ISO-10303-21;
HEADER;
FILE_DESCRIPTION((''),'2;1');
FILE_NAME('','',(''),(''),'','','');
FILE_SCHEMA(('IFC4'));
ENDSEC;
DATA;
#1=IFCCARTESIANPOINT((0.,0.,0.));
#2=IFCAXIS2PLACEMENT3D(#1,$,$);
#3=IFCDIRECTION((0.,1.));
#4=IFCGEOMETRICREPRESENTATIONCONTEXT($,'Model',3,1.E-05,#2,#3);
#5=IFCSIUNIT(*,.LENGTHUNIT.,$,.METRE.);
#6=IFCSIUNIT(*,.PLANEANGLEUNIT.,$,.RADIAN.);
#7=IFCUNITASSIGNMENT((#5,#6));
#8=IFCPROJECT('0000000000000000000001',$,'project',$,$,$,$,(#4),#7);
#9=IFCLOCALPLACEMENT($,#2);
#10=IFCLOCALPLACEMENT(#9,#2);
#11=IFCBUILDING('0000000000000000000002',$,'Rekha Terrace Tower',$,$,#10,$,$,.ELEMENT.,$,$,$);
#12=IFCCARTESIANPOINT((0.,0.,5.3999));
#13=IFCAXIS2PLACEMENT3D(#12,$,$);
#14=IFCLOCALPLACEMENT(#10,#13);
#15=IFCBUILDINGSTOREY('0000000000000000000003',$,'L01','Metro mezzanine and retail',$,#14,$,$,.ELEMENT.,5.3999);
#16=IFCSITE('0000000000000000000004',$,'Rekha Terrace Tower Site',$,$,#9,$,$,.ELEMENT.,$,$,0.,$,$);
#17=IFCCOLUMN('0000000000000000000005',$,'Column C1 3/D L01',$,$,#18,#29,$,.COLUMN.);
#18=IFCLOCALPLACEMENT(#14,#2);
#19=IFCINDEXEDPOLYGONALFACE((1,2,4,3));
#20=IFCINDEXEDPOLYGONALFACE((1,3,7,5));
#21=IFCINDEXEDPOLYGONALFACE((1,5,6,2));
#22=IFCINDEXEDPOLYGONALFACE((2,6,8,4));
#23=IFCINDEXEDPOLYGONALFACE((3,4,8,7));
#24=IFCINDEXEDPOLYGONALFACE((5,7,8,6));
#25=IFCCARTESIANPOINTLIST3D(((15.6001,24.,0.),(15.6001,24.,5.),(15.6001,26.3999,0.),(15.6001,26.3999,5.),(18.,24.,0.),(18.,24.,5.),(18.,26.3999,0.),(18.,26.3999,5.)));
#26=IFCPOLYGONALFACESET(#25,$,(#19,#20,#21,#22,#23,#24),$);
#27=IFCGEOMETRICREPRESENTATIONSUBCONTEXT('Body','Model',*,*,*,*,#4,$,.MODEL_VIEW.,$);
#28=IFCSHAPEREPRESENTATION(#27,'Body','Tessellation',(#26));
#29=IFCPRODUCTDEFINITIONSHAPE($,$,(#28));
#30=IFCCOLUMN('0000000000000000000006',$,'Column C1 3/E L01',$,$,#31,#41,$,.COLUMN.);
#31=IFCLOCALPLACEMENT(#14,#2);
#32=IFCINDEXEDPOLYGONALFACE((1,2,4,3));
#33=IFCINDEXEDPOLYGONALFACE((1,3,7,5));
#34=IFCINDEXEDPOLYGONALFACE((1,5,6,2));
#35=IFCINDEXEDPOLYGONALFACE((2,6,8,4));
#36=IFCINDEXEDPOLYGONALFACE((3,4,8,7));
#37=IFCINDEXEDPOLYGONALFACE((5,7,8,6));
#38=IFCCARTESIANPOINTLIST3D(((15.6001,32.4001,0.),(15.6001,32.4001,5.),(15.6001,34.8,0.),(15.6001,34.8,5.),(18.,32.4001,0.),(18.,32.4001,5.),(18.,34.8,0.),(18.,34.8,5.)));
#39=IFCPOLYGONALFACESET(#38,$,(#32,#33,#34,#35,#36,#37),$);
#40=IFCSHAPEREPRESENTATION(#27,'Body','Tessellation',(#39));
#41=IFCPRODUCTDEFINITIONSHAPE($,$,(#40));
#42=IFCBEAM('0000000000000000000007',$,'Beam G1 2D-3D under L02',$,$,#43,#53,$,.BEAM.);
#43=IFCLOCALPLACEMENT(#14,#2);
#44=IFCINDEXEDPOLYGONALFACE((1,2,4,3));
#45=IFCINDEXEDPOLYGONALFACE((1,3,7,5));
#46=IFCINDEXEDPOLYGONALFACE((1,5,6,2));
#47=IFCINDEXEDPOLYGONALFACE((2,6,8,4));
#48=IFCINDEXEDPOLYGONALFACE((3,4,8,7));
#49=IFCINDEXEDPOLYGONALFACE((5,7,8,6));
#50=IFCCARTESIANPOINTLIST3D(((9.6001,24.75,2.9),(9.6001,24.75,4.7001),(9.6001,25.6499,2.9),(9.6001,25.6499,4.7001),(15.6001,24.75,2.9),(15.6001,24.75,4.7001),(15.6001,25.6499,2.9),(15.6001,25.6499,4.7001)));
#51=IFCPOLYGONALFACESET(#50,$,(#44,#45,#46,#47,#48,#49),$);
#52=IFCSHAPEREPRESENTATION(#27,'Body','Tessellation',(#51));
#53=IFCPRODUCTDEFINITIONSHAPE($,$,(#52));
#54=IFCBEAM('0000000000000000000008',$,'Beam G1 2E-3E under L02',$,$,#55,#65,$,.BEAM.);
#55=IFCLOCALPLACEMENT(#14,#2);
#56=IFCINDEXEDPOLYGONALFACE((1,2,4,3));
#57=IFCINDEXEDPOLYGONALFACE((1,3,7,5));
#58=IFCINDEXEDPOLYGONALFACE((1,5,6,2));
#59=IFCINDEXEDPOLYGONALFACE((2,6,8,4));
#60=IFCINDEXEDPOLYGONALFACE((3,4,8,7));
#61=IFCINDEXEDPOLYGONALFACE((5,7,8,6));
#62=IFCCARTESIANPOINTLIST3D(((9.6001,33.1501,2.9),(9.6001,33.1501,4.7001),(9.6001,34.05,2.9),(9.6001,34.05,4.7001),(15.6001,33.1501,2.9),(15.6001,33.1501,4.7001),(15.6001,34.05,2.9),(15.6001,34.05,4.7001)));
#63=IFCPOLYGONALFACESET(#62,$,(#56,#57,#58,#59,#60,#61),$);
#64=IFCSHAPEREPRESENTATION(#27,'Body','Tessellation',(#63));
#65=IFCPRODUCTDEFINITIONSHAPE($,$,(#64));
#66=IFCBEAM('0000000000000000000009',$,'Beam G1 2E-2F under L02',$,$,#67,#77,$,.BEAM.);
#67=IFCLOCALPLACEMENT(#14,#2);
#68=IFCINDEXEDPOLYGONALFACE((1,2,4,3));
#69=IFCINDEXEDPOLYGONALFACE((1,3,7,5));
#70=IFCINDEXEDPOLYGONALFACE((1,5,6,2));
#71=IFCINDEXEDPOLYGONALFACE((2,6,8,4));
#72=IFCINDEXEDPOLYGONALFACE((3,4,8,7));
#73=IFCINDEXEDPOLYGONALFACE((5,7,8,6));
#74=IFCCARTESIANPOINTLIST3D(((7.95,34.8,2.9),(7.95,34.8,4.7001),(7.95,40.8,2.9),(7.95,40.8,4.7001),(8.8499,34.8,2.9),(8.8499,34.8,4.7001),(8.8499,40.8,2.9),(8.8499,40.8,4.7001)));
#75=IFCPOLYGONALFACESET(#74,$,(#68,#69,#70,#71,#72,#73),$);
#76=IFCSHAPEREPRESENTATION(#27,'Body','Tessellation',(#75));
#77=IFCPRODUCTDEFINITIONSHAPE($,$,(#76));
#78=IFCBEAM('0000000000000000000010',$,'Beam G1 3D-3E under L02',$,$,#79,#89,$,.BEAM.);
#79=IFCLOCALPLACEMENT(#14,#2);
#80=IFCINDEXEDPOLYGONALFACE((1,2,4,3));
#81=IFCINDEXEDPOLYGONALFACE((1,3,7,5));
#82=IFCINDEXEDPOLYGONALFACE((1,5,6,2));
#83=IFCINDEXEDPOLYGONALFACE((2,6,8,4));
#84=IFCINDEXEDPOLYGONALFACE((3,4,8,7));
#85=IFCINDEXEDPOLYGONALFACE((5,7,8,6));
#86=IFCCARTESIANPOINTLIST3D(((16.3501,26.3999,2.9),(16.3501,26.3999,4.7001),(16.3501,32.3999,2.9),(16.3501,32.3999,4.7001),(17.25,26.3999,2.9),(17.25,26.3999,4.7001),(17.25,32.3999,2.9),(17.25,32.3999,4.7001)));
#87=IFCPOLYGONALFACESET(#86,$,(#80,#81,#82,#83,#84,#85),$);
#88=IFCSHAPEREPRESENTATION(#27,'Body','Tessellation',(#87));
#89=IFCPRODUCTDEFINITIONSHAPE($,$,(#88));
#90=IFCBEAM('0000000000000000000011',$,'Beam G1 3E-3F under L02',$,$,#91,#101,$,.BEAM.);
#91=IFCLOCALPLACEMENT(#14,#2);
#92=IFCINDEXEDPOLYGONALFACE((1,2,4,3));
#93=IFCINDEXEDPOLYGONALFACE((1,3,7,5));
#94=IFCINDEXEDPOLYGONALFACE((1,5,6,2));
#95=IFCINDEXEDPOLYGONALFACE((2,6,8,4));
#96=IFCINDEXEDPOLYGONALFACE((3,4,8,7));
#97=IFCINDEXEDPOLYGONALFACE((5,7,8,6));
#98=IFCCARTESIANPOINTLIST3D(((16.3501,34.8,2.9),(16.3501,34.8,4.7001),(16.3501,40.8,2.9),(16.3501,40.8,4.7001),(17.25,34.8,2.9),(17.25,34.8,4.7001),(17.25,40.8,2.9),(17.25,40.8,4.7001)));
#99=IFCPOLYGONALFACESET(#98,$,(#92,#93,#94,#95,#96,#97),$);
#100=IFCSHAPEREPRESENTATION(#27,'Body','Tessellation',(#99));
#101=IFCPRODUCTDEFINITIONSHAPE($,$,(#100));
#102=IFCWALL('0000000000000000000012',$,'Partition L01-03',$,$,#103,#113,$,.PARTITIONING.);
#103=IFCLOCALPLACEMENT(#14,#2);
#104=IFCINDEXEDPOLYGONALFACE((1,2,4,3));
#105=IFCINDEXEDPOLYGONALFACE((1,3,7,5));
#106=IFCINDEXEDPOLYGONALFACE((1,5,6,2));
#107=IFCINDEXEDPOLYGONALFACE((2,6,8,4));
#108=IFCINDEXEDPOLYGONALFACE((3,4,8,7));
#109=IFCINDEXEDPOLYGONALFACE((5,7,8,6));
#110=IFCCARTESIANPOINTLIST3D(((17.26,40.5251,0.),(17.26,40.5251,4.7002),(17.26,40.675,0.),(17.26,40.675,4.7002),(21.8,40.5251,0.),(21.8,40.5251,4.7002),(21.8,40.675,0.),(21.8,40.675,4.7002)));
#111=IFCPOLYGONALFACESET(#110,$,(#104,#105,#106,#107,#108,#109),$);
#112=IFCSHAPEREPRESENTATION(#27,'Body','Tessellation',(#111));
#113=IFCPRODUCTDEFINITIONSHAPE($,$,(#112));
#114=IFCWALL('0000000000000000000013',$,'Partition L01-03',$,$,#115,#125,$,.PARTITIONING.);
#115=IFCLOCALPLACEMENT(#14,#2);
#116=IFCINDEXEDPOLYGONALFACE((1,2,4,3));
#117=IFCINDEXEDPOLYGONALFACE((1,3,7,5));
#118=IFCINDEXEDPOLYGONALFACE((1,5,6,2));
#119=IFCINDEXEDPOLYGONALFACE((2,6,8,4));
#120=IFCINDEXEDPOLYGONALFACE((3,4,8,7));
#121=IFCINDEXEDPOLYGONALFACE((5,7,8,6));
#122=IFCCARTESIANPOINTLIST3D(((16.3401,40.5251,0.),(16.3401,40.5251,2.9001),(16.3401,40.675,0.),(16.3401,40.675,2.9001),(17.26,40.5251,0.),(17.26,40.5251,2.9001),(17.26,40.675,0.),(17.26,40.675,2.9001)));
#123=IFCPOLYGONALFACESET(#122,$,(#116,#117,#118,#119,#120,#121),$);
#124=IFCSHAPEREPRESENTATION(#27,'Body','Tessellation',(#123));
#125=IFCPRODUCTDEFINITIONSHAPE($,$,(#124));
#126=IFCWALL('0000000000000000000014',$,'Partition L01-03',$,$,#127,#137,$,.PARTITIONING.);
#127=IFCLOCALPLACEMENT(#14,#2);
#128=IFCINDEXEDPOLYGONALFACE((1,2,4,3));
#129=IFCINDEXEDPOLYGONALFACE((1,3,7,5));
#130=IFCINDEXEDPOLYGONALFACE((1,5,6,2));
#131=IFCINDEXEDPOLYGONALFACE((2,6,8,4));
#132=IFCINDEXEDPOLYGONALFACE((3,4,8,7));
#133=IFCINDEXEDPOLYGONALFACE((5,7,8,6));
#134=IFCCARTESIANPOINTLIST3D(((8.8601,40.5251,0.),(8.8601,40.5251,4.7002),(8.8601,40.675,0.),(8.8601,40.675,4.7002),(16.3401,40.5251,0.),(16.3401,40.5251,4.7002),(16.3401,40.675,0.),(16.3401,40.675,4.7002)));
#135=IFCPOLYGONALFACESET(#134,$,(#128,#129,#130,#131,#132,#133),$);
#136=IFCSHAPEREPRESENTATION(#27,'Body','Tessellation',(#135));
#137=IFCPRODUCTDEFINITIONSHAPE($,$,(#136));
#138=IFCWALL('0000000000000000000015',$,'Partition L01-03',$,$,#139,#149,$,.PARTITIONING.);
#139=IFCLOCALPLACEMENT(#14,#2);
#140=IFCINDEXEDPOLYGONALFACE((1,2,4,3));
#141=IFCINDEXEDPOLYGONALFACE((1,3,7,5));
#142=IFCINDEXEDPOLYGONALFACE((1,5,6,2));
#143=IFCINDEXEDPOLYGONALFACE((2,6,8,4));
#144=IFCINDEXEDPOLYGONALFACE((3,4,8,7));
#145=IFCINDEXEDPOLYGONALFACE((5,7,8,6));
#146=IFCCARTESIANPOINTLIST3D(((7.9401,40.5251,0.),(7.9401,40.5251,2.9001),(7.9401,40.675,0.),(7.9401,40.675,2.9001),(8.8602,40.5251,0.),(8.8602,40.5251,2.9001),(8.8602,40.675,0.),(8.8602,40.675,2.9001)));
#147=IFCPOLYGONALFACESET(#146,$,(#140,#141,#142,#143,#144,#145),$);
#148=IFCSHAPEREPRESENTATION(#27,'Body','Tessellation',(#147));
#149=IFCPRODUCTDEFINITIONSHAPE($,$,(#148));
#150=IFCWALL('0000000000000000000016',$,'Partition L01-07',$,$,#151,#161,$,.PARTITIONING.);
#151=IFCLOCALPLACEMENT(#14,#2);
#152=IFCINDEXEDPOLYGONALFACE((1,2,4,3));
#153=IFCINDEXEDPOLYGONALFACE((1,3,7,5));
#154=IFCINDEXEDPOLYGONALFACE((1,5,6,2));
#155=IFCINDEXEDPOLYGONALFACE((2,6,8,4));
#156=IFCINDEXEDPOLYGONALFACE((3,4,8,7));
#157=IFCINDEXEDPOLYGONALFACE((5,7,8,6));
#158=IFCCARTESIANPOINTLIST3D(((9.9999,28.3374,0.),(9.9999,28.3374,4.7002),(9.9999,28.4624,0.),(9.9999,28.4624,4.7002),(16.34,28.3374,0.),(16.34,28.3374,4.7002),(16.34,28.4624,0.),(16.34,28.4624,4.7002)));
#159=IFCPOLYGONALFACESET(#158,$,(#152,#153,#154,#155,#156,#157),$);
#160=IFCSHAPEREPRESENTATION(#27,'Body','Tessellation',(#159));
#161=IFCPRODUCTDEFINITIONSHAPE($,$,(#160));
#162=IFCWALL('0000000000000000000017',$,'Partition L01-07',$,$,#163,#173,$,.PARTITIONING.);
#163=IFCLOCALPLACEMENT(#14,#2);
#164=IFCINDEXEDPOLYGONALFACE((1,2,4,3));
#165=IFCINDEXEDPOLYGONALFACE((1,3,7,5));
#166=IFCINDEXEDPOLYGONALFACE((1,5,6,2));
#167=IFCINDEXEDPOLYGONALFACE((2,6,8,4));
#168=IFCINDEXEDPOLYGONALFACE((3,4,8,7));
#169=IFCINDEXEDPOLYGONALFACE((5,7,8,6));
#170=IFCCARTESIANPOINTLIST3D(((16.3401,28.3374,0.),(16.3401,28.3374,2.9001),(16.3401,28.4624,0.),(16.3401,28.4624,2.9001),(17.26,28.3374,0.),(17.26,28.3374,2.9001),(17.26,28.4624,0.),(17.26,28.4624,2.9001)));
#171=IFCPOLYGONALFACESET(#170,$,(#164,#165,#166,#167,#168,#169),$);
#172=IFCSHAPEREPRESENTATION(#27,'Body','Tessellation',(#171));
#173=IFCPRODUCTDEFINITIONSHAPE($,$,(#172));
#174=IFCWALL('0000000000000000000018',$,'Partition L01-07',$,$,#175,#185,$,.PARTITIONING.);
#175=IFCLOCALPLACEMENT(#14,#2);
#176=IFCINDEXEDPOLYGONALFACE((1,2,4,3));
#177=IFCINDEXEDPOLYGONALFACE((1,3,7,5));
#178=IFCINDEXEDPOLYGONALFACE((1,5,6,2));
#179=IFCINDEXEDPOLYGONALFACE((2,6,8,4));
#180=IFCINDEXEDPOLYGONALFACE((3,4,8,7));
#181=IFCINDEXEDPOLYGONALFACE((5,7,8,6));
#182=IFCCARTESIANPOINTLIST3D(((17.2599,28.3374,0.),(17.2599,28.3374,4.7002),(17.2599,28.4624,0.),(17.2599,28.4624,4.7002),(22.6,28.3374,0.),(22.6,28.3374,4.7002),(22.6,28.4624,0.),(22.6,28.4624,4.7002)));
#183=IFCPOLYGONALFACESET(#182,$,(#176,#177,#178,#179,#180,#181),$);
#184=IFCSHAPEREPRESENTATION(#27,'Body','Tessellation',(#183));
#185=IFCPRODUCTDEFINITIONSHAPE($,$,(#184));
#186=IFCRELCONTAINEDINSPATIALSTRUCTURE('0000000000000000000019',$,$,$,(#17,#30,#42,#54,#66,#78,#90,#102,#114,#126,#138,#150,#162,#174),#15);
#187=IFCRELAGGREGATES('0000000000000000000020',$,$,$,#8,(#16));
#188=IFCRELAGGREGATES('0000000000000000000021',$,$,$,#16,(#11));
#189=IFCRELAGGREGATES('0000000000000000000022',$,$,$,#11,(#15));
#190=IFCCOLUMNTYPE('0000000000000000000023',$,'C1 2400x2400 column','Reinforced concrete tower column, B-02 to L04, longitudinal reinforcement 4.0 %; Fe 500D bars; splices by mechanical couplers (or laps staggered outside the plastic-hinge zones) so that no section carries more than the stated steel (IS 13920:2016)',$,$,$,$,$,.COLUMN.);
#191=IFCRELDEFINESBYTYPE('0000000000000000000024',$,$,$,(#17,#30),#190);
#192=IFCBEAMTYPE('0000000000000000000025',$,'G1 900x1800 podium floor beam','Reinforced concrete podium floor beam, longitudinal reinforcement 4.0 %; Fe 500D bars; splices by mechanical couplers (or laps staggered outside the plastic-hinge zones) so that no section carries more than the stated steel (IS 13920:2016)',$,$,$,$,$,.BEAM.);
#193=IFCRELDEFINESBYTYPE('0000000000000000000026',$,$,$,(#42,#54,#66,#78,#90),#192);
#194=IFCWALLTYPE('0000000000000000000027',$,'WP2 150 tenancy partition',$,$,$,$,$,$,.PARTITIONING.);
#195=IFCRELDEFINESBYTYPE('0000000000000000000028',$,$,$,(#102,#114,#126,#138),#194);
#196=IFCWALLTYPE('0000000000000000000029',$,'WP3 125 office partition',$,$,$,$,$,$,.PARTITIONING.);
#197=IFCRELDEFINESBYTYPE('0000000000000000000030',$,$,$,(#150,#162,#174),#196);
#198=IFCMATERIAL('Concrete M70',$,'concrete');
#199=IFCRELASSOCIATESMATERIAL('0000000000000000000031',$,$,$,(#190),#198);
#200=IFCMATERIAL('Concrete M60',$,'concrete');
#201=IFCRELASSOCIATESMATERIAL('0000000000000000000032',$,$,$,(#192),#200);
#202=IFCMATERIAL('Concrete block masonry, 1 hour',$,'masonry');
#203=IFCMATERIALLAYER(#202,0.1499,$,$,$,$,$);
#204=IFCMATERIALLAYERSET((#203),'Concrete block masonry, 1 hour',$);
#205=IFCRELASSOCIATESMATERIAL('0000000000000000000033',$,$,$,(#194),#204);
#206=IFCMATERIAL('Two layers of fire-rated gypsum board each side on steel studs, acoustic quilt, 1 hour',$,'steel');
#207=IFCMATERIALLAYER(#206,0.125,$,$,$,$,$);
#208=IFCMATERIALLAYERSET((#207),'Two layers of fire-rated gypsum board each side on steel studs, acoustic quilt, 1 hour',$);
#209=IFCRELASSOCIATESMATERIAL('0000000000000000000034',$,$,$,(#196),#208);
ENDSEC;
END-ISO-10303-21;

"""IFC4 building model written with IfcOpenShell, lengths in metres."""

from ifc_helpers import new_model, si_unit, direction, frame, frame_2d, origin, origin_2d, place, context, subcontext, project, spatial, rectangle, extrude, material, layer, layer_set, material_profile, profile_set, type_object, element, save


model = new_model("IFC4")

# Units and contexts
model_context = context("Model", 3, precision=1e-05, world=origin(), true_north=direction((0.0, 1.0)))
body_context = subcontext(model_context, "Body", "Model", "MODEL_VIEW")
ifc_project = project(units=[si_unit("LENGTHUNIT", "METRE"), si_unit("PLANEANGLEUNIT", "RADIAN")], contexts=[model_context])

# Site, building, storey
site_placement = place(None, origin())
site = spatial("IfcSite", under=ifc_project, at=site_placement, Name="Rekha Terrace Tower Site", CompositionType="ELEMENT", RefElevation=0.0)
building_placement = place(site_placement, origin())
building = spatial("IfcBuilding", under=site, at=building_placement, Name="Rekha Terrace Tower", CompositionType="ELEMENT")
storey_placement = place(building_placement, frame((0.0, 0.0, 5.3999)))
storey = spatial("IfcBuildingStorey", under=building, at=storey_placement, Name="L01", Description="Metro mezzanine and retail", CompositionType="ELEMENT", Elevation=5.3999)

# Columns
ifc_material_1 = material(Name="Concrete M70", Category="concrete")
ifc_material_profile_1 = material_profile(ifc_material_1, rectangle(XDim=2.3999, YDim=2.3999, at=origin_2d()), Name="RC 2400x2400")
ifc_profile_set_1 = profile_set([ifc_material_profile_1], Name="Concrete M70")
column_type = type_object("IfcColumnType", Name="C1 2400x2400 column", Description="Reinforced concrete tower column, B-02 to L04, longitudinal reinforcement 4.0 %; Fe 500D bars; splices by mechanical couplers (or laps staggered outside the plastic-hinge zones) so that no section carries more than the stated steel (IS 13920:2016)", PredefinedType="COLUMN", material=ifc_profile_set_1)
for number, where, z_axis, x_axis, name in (
    (1, (16.8, 25.2, 0.0), (0.0, 0.0, 1.0), (1.0, 0.0, 0.0), "Column C1 3/D L01"),
    (2, (16.8, 33.6001, 0.0), (0.0, 0.0, 1.0), (1.0, 0.0, 0.0), "Column C1 3/E L01"),
):
    element("IfcColumn", number, at=place(storey_placement, frame(where, z_axis=z_axis, x_axis=x_axis)), inside=storey, type_object=column_type, Name=name, PredefinedType="COLUMN", context=body_context, shape_type="SweptSolid", body=[
        extrude(rectangle(XDim=2.3999, YDim=2.3999, at=origin_2d()), origin(), (0.0, 0.0, 1.0), 5.0),
    ])

# Beams
ifc_material_2 = material(Name="Concrete M60", Category="concrete")
ifc_material_profile_2 = material_profile(ifc_material_2, rectangle(XDim=0.8999, YDim=1.8, at=origin_2d()), Name="RC 900x1800")
ifc_profile_set_2 = profile_set([ifc_material_profile_2], Name="Concrete M60")
beam_type = type_object("IfcBeamType", Name="G1 900x1800 podium floor beam", Description="Reinforced concrete podium floor beam, longitudinal reinforcement 4.0 %; Fe 500D bars; splices by mechanical couplers (or laps staggered outside the plastic-hinge zones) so that no section carries more than the stated steel (IS 13920:2016)", PredefinedType="BEAM", material=ifc_profile_set_2)
for number, where, z_axis, x_axis, name in (
    (3, (9.6001, 25.2, 3.8), (1.0, 0.0, 0.0), (0.0, 1.0, 0.0), "Beam G1 2D-3D under L02"),
    (4, (9.6001, 33.6001, 3.8), (1.0, 0.0, 0.0), (0.0, 1.0, 0.0), "Beam G1 2E-3E under L02"),
    (5, (8.3999, 34.8, 3.8), (0.0, 1.0, 0.0), (-1.0, 0.0, 0.0), "Beam G1 2E-2F under L02"),
    (6, (16.8, 26.3999, 3.8), (0.0, 1.0, 0.0), (-1.0, 0.0, 0.0), "Beam G1 3D-3E under L02"),
    (7, (16.8, 34.8, 3.8), (0.0, 1.0, 0.0), (-1.0, 0.0, 0.0), "Beam G1 3E-3F under L02"),
):
    element("IfcBeam", number, at=place(storey_placement, frame(where, z_axis=z_axis, x_axis=x_axis)), inside=storey, type_object=beam_type, Name=name, PredefinedType="BEAM", context=body_context, shape_type="SweptSolid", body=[
        extrude(rectangle(XDim=0.8999, YDim=1.8, at=origin_2d()), origin(), (0.0, 0.0, 1.0), 6.0),
    ])

# Walls
ifc_material_3 = material(Name="Concrete block masonry, 1 hour", Category="masonry")
ifc_layer_1 = layer(ifc_material_3, 0.1499)
ifc_layer_set_1 = layer_set([ifc_layer_1], Name="Concrete block masonry, 1 hour")
wall_type_1 = type_object("IfcWallType", Name="WP2 150 tenancy partition", PredefinedType="PARTITIONING", material=ifc_layer_set_1)
wall_1_placement = place(storey_placement, frame((21.8, 40.6001, 0.0), z_axis=(0.0, 0.0, 1.0), x_axis=(-1.0, 0.0, 0.0)))
element("IfcWall", 8, at=wall_1_placement, inside=storey, type_object=wall_type_1, Name="Partition L01-03", PredefinedType="PARTITIONING", context=body_context, shape_type="SweptSolid", body=[
    extrude(rectangle(XDim=4.54, YDim=0.1499, at=frame_2d((2.27, 0.0))), origin(), (0.0, 0.0, 1.0), 4.7002),
])
wall_2_placement = place(storey_placement, frame((17.26, 40.6001, 0.0), z_axis=(0.0, 0.0, 1.0), x_axis=(-1.0, 0.0, 0.0)))
element("IfcWall", 9, at=wall_2_placement, inside=storey, type_object=wall_type_1, Name="Partition L01-03", PredefinedType="PARTITIONING", context=body_context, shape_type="SweptSolid", body=[
    extrude(rectangle(XDim=0.9199, YDim=0.1499, at=frame_2d((0.46, 0.0))), origin(), (0.0, 0.0, 1.0), 2.9001),
])
wall_3_placement = place(storey_placement, frame((16.3401, 40.6001, 0.0), z_axis=(0.0, 0.0, 1.0), x_axis=(-1.0, 0.0, 0.0)))
element("IfcWall", 10, at=wall_3_placement, inside=storey, type_object=wall_type_1, Name="Partition L01-03", PredefinedType="PARTITIONING", context=body_context, shape_type="SweptSolid", body=[
    extrude(rectangle(XDim=7.48, YDim=0.1499, at=frame_2d((3.74, 0.0))), origin(), (0.0, 0.0, 1.0), 4.7002),
])
wall_4_placement = place(storey_placement, frame((8.8601, 40.6001, 0.0), z_axis=(0.0, 0.0, 1.0), x_axis=(-1.0, 0.0, 0.0)))
element("IfcWall", 11, at=wall_4_placement, inside=storey, type_object=wall_type_1, Name="Partition L01-03", PredefinedType="PARTITIONING", context=body_context, shape_type="SweptSolid", body=[
    extrude(rectangle(XDim=0.9202, YDim=0.1499, at=frame_2d((0.46, 0.0))), origin(), (0.0, 0.0, 1.0), 2.9001),
])
ifc_material_4 = material(Name="Two layers of fire-rated gypsum board each side on steel studs, acoustic quilt, 1 hour", Category="steel")
ifc_layer_2 = layer(ifc_material_4, 0.125)
ifc_layer_set_2 = layer_set([ifc_layer_2], Name="Two layers of fire-rated gypsum board each side on steel studs, acoustic quilt, 1 hour")
wall_type_2 = type_object("IfcWallType", Name="WP3 125 office partition", PredefinedType="PARTITIONING", material=ifc_layer_set_2)
wall_5_placement = place(storey_placement, frame((10.0, 28.3999, 0.0), z_axis=(0.0, 0.0, 1.0), x_axis=(1.0, 0.0, 0.0)))
element("IfcWall", 12, at=wall_5_placement, inside=storey, type_object=wall_type_2, Name="Partition L01-07", PredefinedType="PARTITIONING", context=body_context, shape_type="SweptSolid", body=[
    extrude(rectangle(XDim=6.3401, YDim=0.125, at=frame_2d((3.1699, 0.0))), origin(), (0.0, 0.0, 1.0), 4.7002),
])
wall_6_placement = place(storey_placement, frame((16.3401, 28.3999, 0.0), z_axis=(0.0, 0.0, 1.0), x_axis=(1.0, 0.0, 0.0)))
element("IfcWall", 13, at=wall_6_placement, inside=storey, type_object=wall_type_2, Name="Partition L01-07", PredefinedType="PARTITIONING", context=body_context, shape_type="SweptSolid", body=[
    extrude(rectangle(XDim=0.9199, YDim=0.125, at=frame_2d((0.46, 0.0))), origin(), (0.0, 0.0, 1.0), 2.9001),
])
wall_7_placement = place(storey_placement, frame((17.26, 28.3999, 0.0), z_axis=(0.0, 0.0, 1.0), x_axis=(1.0, 0.0, 0.0)))
element("IfcWall", 14, at=wall_7_placement, inside=storey, type_object=wall_type_2, Name="Partition L01-07", PredefinedType="PARTITIONING", context=body_context, shape_type="SweptSolid", body=[
    extrude(rectangle(XDim=5.3401, YDim=0.125, at=frame_2d((2.6699, 0.0))), origin(), (0.0, 0.0, 1.0), 4.7002),
])

save(model, "model.ifc")
